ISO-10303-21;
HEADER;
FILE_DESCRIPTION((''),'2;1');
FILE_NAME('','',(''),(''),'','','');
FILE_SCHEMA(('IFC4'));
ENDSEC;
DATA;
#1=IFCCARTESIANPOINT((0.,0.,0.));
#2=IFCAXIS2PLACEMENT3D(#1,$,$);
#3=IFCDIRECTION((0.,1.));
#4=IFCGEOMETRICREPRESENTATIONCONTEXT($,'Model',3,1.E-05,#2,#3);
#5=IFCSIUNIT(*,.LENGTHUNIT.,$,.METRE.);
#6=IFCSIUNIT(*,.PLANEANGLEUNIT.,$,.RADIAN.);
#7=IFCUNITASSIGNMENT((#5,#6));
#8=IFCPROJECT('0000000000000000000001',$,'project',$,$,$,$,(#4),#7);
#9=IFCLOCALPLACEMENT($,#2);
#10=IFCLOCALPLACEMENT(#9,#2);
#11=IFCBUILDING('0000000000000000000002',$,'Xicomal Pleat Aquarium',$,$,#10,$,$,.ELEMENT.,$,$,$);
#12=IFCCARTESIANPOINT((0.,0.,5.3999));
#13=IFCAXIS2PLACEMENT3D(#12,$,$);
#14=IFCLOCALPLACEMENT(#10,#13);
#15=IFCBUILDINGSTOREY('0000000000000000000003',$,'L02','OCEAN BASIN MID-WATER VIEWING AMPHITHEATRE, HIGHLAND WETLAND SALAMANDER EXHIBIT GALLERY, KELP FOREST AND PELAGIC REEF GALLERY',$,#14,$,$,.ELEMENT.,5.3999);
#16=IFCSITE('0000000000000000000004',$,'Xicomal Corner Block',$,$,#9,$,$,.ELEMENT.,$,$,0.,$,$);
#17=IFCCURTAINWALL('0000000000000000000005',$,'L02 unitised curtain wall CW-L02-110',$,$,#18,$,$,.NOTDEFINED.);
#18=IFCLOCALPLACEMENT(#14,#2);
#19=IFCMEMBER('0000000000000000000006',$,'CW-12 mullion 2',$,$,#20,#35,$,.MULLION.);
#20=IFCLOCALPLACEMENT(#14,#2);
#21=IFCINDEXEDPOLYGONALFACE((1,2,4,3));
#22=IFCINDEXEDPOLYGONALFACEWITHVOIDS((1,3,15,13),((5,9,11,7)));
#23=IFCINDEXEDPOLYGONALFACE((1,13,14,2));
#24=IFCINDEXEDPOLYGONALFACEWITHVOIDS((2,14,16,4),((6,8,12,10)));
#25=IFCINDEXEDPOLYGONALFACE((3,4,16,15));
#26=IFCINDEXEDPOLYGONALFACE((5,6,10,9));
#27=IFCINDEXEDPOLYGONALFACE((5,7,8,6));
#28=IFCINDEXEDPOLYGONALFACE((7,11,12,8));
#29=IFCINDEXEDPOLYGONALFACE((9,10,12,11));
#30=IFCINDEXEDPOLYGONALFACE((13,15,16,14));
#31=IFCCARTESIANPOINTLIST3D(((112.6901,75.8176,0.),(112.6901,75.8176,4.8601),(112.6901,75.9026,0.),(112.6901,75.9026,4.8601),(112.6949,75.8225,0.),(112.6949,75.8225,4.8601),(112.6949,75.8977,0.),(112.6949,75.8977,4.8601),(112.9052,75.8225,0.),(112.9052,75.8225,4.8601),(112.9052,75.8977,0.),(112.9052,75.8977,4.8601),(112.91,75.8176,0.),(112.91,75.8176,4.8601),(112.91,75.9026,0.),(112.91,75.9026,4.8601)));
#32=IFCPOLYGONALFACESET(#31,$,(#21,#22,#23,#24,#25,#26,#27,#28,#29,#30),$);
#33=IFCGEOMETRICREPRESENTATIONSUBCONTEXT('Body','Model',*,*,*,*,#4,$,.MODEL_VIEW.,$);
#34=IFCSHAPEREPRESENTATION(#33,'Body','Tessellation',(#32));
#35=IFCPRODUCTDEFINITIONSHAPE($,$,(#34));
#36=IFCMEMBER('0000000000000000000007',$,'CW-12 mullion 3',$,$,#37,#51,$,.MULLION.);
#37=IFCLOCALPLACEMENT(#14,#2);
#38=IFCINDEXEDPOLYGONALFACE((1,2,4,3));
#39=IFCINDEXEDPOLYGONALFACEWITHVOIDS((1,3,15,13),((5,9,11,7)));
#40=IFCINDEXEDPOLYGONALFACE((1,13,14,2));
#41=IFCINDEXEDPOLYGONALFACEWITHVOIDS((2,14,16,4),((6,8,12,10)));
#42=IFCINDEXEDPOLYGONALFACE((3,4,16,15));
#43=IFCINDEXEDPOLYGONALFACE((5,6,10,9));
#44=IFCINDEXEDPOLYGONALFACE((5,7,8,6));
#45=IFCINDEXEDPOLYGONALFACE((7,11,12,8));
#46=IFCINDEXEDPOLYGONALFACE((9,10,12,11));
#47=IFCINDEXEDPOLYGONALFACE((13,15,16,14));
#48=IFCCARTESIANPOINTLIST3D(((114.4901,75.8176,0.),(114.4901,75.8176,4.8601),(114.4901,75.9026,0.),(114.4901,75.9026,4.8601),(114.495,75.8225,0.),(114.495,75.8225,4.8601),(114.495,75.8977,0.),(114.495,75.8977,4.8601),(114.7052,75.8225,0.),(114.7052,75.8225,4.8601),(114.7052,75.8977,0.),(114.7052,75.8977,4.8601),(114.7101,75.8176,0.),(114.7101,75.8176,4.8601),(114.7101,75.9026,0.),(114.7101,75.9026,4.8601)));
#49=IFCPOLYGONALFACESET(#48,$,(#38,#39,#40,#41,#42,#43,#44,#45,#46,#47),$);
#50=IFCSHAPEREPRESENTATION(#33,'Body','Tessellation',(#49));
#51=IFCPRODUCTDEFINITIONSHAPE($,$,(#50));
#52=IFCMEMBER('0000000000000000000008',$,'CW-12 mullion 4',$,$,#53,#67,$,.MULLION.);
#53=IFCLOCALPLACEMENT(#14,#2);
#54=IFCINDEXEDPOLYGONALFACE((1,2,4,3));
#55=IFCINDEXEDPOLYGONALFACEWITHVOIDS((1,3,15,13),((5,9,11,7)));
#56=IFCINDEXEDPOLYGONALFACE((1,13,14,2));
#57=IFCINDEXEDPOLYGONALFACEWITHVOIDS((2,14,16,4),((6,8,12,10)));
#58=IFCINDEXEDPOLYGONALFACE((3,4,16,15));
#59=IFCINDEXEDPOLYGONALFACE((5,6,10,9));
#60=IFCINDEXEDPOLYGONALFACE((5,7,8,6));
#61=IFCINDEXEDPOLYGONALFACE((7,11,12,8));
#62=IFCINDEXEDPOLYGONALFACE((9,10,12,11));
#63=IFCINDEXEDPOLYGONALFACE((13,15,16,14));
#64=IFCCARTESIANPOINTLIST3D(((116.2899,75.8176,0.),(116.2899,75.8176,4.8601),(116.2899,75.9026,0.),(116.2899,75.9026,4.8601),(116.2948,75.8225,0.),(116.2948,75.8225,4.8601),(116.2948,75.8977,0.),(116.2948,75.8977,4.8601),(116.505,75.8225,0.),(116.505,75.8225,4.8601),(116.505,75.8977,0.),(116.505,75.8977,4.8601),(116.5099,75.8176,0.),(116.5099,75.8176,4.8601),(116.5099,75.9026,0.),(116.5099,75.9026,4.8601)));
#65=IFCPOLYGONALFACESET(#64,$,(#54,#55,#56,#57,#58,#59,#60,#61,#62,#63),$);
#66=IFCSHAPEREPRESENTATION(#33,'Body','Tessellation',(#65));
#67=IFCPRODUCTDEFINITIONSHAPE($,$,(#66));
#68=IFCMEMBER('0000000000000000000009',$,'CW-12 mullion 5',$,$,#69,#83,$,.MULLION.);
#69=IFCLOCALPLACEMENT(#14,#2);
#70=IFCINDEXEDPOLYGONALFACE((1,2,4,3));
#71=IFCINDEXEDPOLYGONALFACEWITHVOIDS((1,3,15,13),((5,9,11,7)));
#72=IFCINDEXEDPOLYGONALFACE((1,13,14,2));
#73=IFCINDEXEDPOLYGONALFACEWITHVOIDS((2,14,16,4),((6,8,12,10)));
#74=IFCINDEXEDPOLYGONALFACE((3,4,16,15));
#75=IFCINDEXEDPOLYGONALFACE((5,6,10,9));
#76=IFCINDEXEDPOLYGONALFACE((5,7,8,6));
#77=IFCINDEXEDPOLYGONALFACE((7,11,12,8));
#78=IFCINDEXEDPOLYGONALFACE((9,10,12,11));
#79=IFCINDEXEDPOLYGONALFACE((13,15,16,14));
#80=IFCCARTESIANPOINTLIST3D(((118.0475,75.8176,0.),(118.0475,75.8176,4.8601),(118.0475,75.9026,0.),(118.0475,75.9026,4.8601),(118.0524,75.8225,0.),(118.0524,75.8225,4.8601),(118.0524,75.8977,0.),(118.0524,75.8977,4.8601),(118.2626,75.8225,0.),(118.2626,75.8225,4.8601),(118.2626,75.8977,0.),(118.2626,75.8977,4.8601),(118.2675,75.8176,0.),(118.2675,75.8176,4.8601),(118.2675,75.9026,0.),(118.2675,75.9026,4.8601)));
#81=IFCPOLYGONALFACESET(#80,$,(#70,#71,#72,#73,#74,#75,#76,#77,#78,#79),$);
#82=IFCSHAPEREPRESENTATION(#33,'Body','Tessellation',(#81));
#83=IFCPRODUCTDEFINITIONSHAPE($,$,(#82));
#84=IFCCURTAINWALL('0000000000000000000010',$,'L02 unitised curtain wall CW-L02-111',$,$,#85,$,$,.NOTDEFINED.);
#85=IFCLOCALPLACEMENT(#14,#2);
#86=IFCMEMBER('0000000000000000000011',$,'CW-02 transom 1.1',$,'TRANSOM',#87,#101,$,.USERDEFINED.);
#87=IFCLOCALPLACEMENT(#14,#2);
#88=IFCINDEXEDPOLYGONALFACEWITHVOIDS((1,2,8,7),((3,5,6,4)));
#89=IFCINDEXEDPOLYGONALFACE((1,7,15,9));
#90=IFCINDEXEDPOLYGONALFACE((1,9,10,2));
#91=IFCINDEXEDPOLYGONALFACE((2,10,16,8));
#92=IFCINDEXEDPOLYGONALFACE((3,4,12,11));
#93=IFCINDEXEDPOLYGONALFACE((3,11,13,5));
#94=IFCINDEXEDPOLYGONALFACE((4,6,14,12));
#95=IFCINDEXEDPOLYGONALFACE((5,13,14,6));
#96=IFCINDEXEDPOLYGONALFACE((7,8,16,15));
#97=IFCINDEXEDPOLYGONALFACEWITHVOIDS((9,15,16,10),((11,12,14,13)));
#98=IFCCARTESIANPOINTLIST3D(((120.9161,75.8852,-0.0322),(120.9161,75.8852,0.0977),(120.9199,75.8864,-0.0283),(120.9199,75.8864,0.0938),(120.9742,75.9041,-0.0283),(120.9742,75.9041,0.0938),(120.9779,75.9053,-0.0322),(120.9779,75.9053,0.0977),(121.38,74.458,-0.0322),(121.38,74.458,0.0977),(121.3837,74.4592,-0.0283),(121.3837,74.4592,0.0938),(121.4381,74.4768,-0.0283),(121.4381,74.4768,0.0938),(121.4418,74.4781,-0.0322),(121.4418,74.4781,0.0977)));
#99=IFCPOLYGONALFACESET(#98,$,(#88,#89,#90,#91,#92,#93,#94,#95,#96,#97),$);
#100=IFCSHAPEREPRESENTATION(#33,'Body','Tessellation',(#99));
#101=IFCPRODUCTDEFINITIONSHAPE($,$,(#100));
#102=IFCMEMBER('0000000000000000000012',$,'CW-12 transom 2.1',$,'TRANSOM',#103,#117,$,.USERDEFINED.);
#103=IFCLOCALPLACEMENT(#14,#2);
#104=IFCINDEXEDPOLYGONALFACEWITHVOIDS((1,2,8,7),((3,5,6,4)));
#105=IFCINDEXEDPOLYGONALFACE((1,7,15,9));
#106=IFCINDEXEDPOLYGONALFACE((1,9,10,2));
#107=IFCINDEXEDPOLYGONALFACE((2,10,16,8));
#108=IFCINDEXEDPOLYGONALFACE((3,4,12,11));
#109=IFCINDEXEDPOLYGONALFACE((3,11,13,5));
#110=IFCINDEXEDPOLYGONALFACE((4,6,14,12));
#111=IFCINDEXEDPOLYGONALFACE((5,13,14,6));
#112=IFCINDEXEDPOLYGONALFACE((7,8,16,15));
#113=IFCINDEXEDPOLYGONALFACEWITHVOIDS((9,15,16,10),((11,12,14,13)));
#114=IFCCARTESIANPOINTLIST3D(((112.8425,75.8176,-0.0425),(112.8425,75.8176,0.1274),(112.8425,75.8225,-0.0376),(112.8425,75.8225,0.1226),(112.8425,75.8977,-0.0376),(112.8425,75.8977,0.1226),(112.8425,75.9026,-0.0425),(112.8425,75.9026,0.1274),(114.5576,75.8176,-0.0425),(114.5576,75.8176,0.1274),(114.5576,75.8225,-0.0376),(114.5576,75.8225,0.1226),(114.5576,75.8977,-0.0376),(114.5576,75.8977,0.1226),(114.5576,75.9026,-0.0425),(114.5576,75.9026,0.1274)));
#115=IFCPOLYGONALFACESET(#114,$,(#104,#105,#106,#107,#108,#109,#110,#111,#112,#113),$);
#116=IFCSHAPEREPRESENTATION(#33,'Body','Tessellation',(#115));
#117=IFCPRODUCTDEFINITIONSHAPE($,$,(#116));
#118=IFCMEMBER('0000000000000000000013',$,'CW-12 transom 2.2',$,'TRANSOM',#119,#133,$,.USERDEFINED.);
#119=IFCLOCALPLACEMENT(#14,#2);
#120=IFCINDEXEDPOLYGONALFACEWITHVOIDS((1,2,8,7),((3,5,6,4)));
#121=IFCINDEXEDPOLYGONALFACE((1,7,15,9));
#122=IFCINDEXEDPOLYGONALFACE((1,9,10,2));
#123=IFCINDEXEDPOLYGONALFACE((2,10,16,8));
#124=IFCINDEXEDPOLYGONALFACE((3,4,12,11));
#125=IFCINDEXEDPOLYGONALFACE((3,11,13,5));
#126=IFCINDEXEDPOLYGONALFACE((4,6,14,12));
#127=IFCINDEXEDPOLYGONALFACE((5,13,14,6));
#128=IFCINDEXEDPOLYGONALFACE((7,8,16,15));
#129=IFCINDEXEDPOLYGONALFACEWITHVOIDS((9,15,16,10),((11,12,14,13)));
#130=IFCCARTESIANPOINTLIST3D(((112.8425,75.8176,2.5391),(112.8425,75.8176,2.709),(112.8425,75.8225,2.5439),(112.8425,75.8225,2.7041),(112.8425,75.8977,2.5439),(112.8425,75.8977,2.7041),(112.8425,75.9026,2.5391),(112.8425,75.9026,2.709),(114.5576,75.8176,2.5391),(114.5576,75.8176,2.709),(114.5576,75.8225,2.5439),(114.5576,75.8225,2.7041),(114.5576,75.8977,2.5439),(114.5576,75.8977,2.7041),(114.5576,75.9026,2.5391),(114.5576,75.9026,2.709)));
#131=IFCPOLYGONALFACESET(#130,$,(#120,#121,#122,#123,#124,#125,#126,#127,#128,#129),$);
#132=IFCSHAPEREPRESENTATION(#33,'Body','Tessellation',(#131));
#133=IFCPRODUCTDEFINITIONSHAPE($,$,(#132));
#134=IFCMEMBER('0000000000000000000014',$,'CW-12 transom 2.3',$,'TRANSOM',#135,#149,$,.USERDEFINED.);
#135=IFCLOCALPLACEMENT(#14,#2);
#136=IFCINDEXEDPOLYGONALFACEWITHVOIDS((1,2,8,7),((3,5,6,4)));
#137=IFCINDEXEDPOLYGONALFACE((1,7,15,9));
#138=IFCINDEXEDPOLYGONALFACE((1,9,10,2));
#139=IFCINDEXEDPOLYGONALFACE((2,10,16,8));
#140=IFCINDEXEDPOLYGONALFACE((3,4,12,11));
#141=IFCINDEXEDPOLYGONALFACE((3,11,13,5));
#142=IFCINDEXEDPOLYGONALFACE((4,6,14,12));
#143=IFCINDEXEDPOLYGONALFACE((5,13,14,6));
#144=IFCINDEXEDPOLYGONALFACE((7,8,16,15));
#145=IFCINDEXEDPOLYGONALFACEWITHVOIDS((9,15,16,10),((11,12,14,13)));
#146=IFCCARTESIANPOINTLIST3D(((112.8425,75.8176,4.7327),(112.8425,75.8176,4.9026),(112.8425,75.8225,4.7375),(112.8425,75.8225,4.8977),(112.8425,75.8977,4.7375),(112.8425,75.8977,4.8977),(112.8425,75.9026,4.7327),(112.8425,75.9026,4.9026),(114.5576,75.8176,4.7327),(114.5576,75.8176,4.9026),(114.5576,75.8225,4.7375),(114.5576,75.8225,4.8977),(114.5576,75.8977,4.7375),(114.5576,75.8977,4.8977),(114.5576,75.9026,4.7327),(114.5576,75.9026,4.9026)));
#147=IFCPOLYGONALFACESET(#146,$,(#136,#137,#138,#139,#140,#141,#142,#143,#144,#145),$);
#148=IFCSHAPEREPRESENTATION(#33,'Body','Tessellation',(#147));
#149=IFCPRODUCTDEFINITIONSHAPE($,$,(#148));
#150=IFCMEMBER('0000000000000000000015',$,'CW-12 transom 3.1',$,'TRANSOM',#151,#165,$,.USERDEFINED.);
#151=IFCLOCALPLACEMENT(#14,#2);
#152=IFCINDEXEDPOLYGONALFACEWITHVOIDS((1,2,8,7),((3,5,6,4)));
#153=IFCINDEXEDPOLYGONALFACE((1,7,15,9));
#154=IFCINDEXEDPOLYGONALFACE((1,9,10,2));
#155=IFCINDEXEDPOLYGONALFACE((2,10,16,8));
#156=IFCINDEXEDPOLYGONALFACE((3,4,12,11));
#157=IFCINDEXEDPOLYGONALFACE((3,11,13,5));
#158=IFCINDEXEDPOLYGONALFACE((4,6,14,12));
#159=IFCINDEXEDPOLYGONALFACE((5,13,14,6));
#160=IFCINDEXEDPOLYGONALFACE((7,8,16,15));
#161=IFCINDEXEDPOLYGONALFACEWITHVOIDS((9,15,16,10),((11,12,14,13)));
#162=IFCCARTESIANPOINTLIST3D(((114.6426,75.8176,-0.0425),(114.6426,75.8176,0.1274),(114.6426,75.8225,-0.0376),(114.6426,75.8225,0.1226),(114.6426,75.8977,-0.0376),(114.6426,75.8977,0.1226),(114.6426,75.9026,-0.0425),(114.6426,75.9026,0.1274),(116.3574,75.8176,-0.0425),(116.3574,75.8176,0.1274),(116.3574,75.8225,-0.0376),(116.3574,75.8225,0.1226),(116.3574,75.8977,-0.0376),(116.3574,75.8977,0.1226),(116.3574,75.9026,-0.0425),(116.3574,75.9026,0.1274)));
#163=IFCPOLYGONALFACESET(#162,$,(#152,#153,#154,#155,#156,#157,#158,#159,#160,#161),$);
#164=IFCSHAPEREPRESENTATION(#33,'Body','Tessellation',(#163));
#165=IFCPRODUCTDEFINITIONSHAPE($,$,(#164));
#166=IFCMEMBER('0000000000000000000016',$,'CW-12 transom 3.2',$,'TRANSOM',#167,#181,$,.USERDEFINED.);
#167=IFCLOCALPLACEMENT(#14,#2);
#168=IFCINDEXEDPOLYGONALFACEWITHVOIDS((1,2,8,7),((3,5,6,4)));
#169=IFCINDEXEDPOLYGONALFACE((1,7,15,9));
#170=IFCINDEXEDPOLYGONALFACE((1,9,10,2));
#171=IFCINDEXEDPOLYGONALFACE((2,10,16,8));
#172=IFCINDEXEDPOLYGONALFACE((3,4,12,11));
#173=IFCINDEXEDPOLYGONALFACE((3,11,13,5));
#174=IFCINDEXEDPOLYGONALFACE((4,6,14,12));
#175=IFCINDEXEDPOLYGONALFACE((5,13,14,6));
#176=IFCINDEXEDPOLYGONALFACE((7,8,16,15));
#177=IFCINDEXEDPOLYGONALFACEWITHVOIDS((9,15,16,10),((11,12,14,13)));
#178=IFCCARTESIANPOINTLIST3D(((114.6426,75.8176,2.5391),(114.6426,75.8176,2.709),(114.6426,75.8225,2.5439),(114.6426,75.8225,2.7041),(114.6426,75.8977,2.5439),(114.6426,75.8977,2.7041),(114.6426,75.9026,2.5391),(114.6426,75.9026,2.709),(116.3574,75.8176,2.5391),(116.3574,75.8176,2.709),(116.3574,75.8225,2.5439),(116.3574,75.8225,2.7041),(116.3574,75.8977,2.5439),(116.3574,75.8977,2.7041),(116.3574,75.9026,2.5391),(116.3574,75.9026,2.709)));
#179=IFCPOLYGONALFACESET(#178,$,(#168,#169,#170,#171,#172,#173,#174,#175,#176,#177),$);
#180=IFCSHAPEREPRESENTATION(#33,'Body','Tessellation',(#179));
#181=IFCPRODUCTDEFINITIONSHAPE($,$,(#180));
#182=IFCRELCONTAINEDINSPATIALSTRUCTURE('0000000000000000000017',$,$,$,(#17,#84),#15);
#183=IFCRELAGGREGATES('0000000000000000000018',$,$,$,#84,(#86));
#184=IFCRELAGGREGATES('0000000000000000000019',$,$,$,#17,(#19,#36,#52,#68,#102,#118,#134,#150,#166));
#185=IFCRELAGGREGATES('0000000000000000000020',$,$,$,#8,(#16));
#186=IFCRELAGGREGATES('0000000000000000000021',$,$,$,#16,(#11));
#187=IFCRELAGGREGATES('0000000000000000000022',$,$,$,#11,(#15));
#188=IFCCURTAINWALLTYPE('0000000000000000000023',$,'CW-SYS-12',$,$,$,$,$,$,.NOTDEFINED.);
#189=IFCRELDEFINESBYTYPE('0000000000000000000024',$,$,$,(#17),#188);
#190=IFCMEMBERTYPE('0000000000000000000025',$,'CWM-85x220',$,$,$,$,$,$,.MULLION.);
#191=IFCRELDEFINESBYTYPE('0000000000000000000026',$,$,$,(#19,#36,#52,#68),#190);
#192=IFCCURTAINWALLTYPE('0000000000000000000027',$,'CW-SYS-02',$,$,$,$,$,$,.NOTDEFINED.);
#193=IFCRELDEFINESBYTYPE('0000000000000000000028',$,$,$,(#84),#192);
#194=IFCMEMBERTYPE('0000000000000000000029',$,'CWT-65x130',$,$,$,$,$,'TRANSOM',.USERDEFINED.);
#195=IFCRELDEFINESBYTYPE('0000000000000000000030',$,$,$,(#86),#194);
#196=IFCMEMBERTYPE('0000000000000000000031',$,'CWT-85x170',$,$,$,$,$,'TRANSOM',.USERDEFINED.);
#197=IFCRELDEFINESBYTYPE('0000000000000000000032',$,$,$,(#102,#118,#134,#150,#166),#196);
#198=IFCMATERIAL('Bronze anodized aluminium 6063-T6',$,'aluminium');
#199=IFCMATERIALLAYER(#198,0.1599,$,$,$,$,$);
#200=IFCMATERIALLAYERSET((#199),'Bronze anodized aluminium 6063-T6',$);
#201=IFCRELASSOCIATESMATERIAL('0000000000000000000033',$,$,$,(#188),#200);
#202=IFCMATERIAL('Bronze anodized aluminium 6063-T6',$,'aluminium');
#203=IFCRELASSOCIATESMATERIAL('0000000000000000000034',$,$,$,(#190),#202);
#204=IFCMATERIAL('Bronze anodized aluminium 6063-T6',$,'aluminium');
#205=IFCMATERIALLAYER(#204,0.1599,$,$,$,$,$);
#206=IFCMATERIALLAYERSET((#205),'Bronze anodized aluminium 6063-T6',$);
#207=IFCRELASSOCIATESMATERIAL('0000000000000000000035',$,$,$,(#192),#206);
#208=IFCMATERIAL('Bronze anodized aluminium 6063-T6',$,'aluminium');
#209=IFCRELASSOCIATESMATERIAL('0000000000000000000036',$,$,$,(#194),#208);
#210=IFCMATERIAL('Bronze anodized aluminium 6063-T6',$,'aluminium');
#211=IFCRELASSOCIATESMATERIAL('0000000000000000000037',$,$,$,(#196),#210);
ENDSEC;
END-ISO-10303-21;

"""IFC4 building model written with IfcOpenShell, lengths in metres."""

from ifc_helpers import new_model, si_unit, direction, frame, origin, origin_2d, place, context, subcontext, project, spatial, hollow_rectangle, extrude, material, layer, layer_set, material_profile, profile_set, type_object, element, aggregate, save


model = new_model("IFC4")

# Units and contexts
model_context = context("Model", 3, precision=1e-05, world=origin(), true_north=direction((0.0, 1.0)))
body_context = subcontext(model_context, "Body", "Model", "MODEL_VIEW")
ifc_project = project(units=[si_unit("LENGTHUNIT", "METRE"), si_unit("PLANEANGLEUNIT", "RADIAN")], contexts=[model_context])

# Site, building, storey
site_placement = place(None, origin())
site = spatial("IfcSite", under=ifc_project, at=site_placement, Name="Xicomal Corner Block", CompositionType="ELEMENT", RefElevation=0.0)
building_placement = place(site_placement, origin())
building = spatial("IfcBuilding", under=site, at=building_placement, Name="Xicomal Pleat Aquarium", CompositionType="ELEMENT")
storey_placement = place(building_placement, frame((0.0, 0.0, 5.3999)))
storey = spatial("IfcBuildingStorey", under=building, at=storey_placement, Name="L02", Description="OCEAN BASIN MID-WATER VIEWING AMPHITHEATRE, HIGHLAND WETLAND SALAMANDER EXHIBIT GALLERY, KELP FOREST AND PELAGIC REEF GALLERY", CompositionType="ELEMENT", Elevation=5.3999)

# Curtain wall, members
ifc_material_1 = material(Name="Bronze anodized aluminium 6063-T6", Category="aluminium")
ifc_layer_1 = layer(ifc_material_1, 0.1599)
ifc_layer_set_1 = layer_set([ifc_layer_1], Name="Bronze anodized aluminium 6063-T6")
curtain_wall_type_1 = type_object("IfcCurtainWallType", Name="CW-SYS-12", PredefinedType="NOTDEFINED", material=ifc_layer_set_1)
curtain_wall_1_placement = place(storey_placement, origin())
curtain_wall_1 = element("IfcCurtainWall", 1, at=curtain_wall_1_placement, inside=storey, type_object=curtain_wall_type_1, Name="L02 unitised curtain wall CW-L02-110", PredefinedType="NOTDEFINED")
ifc_material_2 = material(Name="Bronze anodized aluminium 6063-T6", Category="aluminium")
ifc_material_profile_1 = material_profile(ifc_material_2, hollow_rectangle(XDim=0.085, YDim=0.22, WallThickness=0.0049, at=origin_2d()), Name="ALU MULL 85x220")
ifc_profile_set_1 = profile_set([ifc_material_profile_1], Name="Bronze anodized aluminium 6063-T6")
member_type_1 = type_object("IfcMemberType", Name="CWM-85x220", PredefinedType="MULLION", material=ifc_profile_set_1)
member_1_placement = place(storey_placement, frame((112.8, 75.8601, 0.0), z_axis=(0.0, 0.0, 1.0), x_axis=(0.0, 1.0, 0.0)))
member_1 = element("IfcMember", 2, at=member_1_placement, type_object=member_type_1, Name="CW-12 mullion 2", PredefinedType="MULLION", context=body_context, shape_type="SweptSolid", body=[
    extrude(hollow_rectangle(XDim=0.085, YDim=0.22, WallThickness=0.0049, at=origin_2d()), origin(), (0.0, 0.0, 1.0), 4.8601),
])
member_2_placement = place(storey_placement, frame((114.6001, 75.8601, 0.0), z_axis=(0.0, 0.0, 1.0), x_axis=(0.0, 1.0, 0.0)))
member_2 = element("IfcMember", 3, at=member_2_placement, type_object=member_type_1, Name="CW-12 mullion 3", PredefinedType="MULLION", context=body_context, shape_type="SweptSolid", body=[
    extrude(hollow_rectangle(XDim=0.085, YDim=0.22, WallThickness=0.0049, at=origin_2d()), origin(), (0.0, 0.0, 1.0), 4.8601),
])
member_3_placement = place(storey_placement, frame((116.3999, 75.8601, 0.0), z_axis=(0.0, 0.0, 1.0), x_axis=(0.0, 1.0, 0.0)))
member_3 = element("IfcMember", 4, at=member_3_placement, type_object=member_type_1, Name="CW-12 mullion 4", PredefinedType="MULLION", context=body_context, shape_type="SweptSolid", body=[
    extrude(hollow_rectangle(XDim=0.085, YDim=0.22, WallThickness=0.0049, at=origin_2d()), origin(), (0.0, 0.0, 1.0), 4.8601),
])
member_4_placement = place(storey_placement, frame((118.1575, 75.8601, 0.0), z_axis=(0.0, 0.0, 1.0), x_axis=(0.0, 1.0, 0.0)))
member_4 = element("IfcMember", 5, at=member_4_placement, type_object=member_type_1, Name="CW-12 mullion 5", PredefinedType="MULLION", context=body_context, shape_type="SweptSolid", body=[
    extrude(hollow_rectangle(XDim=0.085, YDim=0.22, WallThickness=0.0049, at=origin_2d()), origin(), (0.0, 0.0, 1.0), 4.8601),
])

# Curtain wall, member
ifc_material_3 = material(Name="Bronze anodized aluminium 6063-T6", Category="aluminium")
ifc_layer_2 = layer(ifc_material_3, 0.1599)
ifc_layer_set_2 = layer_set([ifc_layer_2], Name="Bronze anodized aluminium 6063-T6")
curtain_wall_type_2 = type_object("IfcCurtainWallType", Name="CW-SYS-02", PredefinedType="NOTDEFINED", material=ifc_layer_set_2)
curtain_wall_2_placement = place(storey_placement, origin())
curtain_wall_2 = element("IfcCurtainWall", 6, at=curtain_wall_2_placement, inside=storey, type_object=curtain_wall_type_2, Name="L02 unitised curtain wall CW-L02-111", PredefinedType="NOTDEFINED")
ifc_material_4 = material(Name="Bronze anodized aluminium 6063-T6", Category="aluminium")
ifc_material_profile_2 = material_profile(ifc_material_4, hollow_rectangle(XDim=0.0649, YDim=0.1299, WallThickness=0.0039, at=origin_2d()), Name="ALU TRAN 65x130")
ifc_profile_set_2 = profile_set([ifc_material_profile_2], Name="Bronze anodized aluminium 6063-T6")
member_type_2 = type_object("IfcMemberType", Name="CWT-65x130", ElementType="TRANSOM", PredefinedType="USERDEFINED", material=ifc_profile_set_2)
member_5_placement = place(storey_placement, frame((120.947, 75.8953, 0.0327), z_axis=(0.309093, -0.951032, 0.0), x_axis=(0.951032, 0.309093, 0.0)))
member_5 = element("IfcMember", 7, at=member_5_placement, type_object=member_type_2, Name="CW-02 transom 1.1", ObjectType="TRANSOM", PredefinedType="USERDEFINED", context=body_context, shape_type="SweptSolid", body=[
    extrude(hollow_rectangle(XDim=0.0649, YDim=0.1299, WallThickness=0.0039, at=origin_2d()), origin(), (0.0, 0.0, 1.0), 1.5007),
])
aggregate(curtain_wall_2, [member_5])

# Members
ifc_material_5 = material(Name="Bronze anodized aluminium 6063-T6", Category="aluminium")
ifc_material_profile_3 = material_profile(ifc_material_5, hollow_rectangle(XDim=0.085, YDim=0.1699, WallThickness=0.0049, at=origin_2d()), Name="ALU TRAN 85x170")
ifc_profile_set_3 = profile_set([ifc_material_profile_3], Name="Bronze anodized aluminium 6063-T6")
member_type_3 = type_object("IfcMemberType", Name="CWT-85x170", ElementType="TRANSOM", PredefinedType="USERDEFINED", material=ifc_profile_set_3)
member_6_placement = place(storey_placement, frame((112.8425, 75.8601, 0.0425), z_axis=(1.0, 0.0, 0.0), x_axis=(0.0, 1.0, 0.0)))
member_6 = element("IfcMember", 8, at=member_6_placement, type_object=member_type_3, Name="CW-12 transom 2.1", ObjectType="TRANSOM", PredefinedType="USERDEFINED", context=body_context, shape_type="SweptSolid", body=[
    extrude(hollow_rectangle(XDim=0.085, YDim=0.1699, WallThickness=0.0049, at=origin_2d()), origin(), (0.0, 0.0, 1.0), 1.7151),
])
member_7_placement = place(storey_placement, frame((112.8425, 75.8601, 2.624), z_axis=(1.0, 0.0, 0.0), x_axis=(0.0, 1.0, 0.0)))
member_7 = element("IfcMember", 9, at=member_7_placement, type_object=member_type_3, Name="CW-12 transom 2.2", ObjectType="TRANSOM", PredefinedType="USERDEFINED", context=body_context, shape_type="SweptSolid", body=[
    extrude(hollow_rectangle(XDim=0.085, YDim=0.1699, WallThickness=0.0049, at=origin_2d()), origin(), (0.0, 0.0, 1.0), 1.7151),
])
member_8_placement = place(storey_placement, frame((112.8425, 75.8601, 4.8176), z_axis=(1.0, 0.0, 0.0), x_axis=(0.0, 1.0, 0.0)))
member_8 = element("IfcMember", 10, at=member_8_placement, type_object=member_type_3, Name="CW-12 transom 2.3", ObjectType="TRANSOM", PredefinedType="USERDEFINED", context=body_context, shape_type="SweptSolid", body=[
    extrude(hollow_rectangle(XDim=0.085, YDim=0.1699, WallThickness=0.0049, at=origin_2d()), origin(), (0.0, 0.0, 1.0), 1.7151),
])
member_9_placement = place(storey_placement, frame((114.6426, 75.8601, 0.0425), z_axis=(1.0, 0.0, 0.0), x_axis=(0.0, 1.0, 0.0)))
member_9 = element("IfcMember", 11, at=member_9_placement, type_object=member_type_3, Name="CW-12 transom 3.1", ObjectType="TRANSOM", PredefinedType="USERDEFINED", context=body_context, shape_type="SweptSolid", body=[
    extrude(hollow_rectangle(XDim=0.085, YDim=0.1699, WallThickness=0.0049, at=origin_2d()), origin(), (0.0, 0.0, 1.0), 1.7148),
])
member_10_placement = place(storey_placement, frame((114.6426, 75.8601, 2.624), z_axis=(1.0, 0.0, 0.0), x_axis=(0.0, 1.0, 0.0)))
member_10 = element("IfcMember", 12, at=member_10_placement, type_object=member_type_3, Name="CW-12 transom 3.2", ObjectType="TRANSOM", PredefinedType="USERDEFINED", context=body_context, shape_type="SweptSolid", body=[
    extrude(hollow_rectangle(XDim=0.085, YDim=0.1699, WallThickness=0.0049, at=origin_2d()), origin(), (0.0, 0.0, 1.0), 1.7148),
])

aggregate(curtain_wall_1, [member_1, member_2, member_3, member_4, member_6, member_7, member_8, member_9, member_10])

save(model, "model.ifc")
